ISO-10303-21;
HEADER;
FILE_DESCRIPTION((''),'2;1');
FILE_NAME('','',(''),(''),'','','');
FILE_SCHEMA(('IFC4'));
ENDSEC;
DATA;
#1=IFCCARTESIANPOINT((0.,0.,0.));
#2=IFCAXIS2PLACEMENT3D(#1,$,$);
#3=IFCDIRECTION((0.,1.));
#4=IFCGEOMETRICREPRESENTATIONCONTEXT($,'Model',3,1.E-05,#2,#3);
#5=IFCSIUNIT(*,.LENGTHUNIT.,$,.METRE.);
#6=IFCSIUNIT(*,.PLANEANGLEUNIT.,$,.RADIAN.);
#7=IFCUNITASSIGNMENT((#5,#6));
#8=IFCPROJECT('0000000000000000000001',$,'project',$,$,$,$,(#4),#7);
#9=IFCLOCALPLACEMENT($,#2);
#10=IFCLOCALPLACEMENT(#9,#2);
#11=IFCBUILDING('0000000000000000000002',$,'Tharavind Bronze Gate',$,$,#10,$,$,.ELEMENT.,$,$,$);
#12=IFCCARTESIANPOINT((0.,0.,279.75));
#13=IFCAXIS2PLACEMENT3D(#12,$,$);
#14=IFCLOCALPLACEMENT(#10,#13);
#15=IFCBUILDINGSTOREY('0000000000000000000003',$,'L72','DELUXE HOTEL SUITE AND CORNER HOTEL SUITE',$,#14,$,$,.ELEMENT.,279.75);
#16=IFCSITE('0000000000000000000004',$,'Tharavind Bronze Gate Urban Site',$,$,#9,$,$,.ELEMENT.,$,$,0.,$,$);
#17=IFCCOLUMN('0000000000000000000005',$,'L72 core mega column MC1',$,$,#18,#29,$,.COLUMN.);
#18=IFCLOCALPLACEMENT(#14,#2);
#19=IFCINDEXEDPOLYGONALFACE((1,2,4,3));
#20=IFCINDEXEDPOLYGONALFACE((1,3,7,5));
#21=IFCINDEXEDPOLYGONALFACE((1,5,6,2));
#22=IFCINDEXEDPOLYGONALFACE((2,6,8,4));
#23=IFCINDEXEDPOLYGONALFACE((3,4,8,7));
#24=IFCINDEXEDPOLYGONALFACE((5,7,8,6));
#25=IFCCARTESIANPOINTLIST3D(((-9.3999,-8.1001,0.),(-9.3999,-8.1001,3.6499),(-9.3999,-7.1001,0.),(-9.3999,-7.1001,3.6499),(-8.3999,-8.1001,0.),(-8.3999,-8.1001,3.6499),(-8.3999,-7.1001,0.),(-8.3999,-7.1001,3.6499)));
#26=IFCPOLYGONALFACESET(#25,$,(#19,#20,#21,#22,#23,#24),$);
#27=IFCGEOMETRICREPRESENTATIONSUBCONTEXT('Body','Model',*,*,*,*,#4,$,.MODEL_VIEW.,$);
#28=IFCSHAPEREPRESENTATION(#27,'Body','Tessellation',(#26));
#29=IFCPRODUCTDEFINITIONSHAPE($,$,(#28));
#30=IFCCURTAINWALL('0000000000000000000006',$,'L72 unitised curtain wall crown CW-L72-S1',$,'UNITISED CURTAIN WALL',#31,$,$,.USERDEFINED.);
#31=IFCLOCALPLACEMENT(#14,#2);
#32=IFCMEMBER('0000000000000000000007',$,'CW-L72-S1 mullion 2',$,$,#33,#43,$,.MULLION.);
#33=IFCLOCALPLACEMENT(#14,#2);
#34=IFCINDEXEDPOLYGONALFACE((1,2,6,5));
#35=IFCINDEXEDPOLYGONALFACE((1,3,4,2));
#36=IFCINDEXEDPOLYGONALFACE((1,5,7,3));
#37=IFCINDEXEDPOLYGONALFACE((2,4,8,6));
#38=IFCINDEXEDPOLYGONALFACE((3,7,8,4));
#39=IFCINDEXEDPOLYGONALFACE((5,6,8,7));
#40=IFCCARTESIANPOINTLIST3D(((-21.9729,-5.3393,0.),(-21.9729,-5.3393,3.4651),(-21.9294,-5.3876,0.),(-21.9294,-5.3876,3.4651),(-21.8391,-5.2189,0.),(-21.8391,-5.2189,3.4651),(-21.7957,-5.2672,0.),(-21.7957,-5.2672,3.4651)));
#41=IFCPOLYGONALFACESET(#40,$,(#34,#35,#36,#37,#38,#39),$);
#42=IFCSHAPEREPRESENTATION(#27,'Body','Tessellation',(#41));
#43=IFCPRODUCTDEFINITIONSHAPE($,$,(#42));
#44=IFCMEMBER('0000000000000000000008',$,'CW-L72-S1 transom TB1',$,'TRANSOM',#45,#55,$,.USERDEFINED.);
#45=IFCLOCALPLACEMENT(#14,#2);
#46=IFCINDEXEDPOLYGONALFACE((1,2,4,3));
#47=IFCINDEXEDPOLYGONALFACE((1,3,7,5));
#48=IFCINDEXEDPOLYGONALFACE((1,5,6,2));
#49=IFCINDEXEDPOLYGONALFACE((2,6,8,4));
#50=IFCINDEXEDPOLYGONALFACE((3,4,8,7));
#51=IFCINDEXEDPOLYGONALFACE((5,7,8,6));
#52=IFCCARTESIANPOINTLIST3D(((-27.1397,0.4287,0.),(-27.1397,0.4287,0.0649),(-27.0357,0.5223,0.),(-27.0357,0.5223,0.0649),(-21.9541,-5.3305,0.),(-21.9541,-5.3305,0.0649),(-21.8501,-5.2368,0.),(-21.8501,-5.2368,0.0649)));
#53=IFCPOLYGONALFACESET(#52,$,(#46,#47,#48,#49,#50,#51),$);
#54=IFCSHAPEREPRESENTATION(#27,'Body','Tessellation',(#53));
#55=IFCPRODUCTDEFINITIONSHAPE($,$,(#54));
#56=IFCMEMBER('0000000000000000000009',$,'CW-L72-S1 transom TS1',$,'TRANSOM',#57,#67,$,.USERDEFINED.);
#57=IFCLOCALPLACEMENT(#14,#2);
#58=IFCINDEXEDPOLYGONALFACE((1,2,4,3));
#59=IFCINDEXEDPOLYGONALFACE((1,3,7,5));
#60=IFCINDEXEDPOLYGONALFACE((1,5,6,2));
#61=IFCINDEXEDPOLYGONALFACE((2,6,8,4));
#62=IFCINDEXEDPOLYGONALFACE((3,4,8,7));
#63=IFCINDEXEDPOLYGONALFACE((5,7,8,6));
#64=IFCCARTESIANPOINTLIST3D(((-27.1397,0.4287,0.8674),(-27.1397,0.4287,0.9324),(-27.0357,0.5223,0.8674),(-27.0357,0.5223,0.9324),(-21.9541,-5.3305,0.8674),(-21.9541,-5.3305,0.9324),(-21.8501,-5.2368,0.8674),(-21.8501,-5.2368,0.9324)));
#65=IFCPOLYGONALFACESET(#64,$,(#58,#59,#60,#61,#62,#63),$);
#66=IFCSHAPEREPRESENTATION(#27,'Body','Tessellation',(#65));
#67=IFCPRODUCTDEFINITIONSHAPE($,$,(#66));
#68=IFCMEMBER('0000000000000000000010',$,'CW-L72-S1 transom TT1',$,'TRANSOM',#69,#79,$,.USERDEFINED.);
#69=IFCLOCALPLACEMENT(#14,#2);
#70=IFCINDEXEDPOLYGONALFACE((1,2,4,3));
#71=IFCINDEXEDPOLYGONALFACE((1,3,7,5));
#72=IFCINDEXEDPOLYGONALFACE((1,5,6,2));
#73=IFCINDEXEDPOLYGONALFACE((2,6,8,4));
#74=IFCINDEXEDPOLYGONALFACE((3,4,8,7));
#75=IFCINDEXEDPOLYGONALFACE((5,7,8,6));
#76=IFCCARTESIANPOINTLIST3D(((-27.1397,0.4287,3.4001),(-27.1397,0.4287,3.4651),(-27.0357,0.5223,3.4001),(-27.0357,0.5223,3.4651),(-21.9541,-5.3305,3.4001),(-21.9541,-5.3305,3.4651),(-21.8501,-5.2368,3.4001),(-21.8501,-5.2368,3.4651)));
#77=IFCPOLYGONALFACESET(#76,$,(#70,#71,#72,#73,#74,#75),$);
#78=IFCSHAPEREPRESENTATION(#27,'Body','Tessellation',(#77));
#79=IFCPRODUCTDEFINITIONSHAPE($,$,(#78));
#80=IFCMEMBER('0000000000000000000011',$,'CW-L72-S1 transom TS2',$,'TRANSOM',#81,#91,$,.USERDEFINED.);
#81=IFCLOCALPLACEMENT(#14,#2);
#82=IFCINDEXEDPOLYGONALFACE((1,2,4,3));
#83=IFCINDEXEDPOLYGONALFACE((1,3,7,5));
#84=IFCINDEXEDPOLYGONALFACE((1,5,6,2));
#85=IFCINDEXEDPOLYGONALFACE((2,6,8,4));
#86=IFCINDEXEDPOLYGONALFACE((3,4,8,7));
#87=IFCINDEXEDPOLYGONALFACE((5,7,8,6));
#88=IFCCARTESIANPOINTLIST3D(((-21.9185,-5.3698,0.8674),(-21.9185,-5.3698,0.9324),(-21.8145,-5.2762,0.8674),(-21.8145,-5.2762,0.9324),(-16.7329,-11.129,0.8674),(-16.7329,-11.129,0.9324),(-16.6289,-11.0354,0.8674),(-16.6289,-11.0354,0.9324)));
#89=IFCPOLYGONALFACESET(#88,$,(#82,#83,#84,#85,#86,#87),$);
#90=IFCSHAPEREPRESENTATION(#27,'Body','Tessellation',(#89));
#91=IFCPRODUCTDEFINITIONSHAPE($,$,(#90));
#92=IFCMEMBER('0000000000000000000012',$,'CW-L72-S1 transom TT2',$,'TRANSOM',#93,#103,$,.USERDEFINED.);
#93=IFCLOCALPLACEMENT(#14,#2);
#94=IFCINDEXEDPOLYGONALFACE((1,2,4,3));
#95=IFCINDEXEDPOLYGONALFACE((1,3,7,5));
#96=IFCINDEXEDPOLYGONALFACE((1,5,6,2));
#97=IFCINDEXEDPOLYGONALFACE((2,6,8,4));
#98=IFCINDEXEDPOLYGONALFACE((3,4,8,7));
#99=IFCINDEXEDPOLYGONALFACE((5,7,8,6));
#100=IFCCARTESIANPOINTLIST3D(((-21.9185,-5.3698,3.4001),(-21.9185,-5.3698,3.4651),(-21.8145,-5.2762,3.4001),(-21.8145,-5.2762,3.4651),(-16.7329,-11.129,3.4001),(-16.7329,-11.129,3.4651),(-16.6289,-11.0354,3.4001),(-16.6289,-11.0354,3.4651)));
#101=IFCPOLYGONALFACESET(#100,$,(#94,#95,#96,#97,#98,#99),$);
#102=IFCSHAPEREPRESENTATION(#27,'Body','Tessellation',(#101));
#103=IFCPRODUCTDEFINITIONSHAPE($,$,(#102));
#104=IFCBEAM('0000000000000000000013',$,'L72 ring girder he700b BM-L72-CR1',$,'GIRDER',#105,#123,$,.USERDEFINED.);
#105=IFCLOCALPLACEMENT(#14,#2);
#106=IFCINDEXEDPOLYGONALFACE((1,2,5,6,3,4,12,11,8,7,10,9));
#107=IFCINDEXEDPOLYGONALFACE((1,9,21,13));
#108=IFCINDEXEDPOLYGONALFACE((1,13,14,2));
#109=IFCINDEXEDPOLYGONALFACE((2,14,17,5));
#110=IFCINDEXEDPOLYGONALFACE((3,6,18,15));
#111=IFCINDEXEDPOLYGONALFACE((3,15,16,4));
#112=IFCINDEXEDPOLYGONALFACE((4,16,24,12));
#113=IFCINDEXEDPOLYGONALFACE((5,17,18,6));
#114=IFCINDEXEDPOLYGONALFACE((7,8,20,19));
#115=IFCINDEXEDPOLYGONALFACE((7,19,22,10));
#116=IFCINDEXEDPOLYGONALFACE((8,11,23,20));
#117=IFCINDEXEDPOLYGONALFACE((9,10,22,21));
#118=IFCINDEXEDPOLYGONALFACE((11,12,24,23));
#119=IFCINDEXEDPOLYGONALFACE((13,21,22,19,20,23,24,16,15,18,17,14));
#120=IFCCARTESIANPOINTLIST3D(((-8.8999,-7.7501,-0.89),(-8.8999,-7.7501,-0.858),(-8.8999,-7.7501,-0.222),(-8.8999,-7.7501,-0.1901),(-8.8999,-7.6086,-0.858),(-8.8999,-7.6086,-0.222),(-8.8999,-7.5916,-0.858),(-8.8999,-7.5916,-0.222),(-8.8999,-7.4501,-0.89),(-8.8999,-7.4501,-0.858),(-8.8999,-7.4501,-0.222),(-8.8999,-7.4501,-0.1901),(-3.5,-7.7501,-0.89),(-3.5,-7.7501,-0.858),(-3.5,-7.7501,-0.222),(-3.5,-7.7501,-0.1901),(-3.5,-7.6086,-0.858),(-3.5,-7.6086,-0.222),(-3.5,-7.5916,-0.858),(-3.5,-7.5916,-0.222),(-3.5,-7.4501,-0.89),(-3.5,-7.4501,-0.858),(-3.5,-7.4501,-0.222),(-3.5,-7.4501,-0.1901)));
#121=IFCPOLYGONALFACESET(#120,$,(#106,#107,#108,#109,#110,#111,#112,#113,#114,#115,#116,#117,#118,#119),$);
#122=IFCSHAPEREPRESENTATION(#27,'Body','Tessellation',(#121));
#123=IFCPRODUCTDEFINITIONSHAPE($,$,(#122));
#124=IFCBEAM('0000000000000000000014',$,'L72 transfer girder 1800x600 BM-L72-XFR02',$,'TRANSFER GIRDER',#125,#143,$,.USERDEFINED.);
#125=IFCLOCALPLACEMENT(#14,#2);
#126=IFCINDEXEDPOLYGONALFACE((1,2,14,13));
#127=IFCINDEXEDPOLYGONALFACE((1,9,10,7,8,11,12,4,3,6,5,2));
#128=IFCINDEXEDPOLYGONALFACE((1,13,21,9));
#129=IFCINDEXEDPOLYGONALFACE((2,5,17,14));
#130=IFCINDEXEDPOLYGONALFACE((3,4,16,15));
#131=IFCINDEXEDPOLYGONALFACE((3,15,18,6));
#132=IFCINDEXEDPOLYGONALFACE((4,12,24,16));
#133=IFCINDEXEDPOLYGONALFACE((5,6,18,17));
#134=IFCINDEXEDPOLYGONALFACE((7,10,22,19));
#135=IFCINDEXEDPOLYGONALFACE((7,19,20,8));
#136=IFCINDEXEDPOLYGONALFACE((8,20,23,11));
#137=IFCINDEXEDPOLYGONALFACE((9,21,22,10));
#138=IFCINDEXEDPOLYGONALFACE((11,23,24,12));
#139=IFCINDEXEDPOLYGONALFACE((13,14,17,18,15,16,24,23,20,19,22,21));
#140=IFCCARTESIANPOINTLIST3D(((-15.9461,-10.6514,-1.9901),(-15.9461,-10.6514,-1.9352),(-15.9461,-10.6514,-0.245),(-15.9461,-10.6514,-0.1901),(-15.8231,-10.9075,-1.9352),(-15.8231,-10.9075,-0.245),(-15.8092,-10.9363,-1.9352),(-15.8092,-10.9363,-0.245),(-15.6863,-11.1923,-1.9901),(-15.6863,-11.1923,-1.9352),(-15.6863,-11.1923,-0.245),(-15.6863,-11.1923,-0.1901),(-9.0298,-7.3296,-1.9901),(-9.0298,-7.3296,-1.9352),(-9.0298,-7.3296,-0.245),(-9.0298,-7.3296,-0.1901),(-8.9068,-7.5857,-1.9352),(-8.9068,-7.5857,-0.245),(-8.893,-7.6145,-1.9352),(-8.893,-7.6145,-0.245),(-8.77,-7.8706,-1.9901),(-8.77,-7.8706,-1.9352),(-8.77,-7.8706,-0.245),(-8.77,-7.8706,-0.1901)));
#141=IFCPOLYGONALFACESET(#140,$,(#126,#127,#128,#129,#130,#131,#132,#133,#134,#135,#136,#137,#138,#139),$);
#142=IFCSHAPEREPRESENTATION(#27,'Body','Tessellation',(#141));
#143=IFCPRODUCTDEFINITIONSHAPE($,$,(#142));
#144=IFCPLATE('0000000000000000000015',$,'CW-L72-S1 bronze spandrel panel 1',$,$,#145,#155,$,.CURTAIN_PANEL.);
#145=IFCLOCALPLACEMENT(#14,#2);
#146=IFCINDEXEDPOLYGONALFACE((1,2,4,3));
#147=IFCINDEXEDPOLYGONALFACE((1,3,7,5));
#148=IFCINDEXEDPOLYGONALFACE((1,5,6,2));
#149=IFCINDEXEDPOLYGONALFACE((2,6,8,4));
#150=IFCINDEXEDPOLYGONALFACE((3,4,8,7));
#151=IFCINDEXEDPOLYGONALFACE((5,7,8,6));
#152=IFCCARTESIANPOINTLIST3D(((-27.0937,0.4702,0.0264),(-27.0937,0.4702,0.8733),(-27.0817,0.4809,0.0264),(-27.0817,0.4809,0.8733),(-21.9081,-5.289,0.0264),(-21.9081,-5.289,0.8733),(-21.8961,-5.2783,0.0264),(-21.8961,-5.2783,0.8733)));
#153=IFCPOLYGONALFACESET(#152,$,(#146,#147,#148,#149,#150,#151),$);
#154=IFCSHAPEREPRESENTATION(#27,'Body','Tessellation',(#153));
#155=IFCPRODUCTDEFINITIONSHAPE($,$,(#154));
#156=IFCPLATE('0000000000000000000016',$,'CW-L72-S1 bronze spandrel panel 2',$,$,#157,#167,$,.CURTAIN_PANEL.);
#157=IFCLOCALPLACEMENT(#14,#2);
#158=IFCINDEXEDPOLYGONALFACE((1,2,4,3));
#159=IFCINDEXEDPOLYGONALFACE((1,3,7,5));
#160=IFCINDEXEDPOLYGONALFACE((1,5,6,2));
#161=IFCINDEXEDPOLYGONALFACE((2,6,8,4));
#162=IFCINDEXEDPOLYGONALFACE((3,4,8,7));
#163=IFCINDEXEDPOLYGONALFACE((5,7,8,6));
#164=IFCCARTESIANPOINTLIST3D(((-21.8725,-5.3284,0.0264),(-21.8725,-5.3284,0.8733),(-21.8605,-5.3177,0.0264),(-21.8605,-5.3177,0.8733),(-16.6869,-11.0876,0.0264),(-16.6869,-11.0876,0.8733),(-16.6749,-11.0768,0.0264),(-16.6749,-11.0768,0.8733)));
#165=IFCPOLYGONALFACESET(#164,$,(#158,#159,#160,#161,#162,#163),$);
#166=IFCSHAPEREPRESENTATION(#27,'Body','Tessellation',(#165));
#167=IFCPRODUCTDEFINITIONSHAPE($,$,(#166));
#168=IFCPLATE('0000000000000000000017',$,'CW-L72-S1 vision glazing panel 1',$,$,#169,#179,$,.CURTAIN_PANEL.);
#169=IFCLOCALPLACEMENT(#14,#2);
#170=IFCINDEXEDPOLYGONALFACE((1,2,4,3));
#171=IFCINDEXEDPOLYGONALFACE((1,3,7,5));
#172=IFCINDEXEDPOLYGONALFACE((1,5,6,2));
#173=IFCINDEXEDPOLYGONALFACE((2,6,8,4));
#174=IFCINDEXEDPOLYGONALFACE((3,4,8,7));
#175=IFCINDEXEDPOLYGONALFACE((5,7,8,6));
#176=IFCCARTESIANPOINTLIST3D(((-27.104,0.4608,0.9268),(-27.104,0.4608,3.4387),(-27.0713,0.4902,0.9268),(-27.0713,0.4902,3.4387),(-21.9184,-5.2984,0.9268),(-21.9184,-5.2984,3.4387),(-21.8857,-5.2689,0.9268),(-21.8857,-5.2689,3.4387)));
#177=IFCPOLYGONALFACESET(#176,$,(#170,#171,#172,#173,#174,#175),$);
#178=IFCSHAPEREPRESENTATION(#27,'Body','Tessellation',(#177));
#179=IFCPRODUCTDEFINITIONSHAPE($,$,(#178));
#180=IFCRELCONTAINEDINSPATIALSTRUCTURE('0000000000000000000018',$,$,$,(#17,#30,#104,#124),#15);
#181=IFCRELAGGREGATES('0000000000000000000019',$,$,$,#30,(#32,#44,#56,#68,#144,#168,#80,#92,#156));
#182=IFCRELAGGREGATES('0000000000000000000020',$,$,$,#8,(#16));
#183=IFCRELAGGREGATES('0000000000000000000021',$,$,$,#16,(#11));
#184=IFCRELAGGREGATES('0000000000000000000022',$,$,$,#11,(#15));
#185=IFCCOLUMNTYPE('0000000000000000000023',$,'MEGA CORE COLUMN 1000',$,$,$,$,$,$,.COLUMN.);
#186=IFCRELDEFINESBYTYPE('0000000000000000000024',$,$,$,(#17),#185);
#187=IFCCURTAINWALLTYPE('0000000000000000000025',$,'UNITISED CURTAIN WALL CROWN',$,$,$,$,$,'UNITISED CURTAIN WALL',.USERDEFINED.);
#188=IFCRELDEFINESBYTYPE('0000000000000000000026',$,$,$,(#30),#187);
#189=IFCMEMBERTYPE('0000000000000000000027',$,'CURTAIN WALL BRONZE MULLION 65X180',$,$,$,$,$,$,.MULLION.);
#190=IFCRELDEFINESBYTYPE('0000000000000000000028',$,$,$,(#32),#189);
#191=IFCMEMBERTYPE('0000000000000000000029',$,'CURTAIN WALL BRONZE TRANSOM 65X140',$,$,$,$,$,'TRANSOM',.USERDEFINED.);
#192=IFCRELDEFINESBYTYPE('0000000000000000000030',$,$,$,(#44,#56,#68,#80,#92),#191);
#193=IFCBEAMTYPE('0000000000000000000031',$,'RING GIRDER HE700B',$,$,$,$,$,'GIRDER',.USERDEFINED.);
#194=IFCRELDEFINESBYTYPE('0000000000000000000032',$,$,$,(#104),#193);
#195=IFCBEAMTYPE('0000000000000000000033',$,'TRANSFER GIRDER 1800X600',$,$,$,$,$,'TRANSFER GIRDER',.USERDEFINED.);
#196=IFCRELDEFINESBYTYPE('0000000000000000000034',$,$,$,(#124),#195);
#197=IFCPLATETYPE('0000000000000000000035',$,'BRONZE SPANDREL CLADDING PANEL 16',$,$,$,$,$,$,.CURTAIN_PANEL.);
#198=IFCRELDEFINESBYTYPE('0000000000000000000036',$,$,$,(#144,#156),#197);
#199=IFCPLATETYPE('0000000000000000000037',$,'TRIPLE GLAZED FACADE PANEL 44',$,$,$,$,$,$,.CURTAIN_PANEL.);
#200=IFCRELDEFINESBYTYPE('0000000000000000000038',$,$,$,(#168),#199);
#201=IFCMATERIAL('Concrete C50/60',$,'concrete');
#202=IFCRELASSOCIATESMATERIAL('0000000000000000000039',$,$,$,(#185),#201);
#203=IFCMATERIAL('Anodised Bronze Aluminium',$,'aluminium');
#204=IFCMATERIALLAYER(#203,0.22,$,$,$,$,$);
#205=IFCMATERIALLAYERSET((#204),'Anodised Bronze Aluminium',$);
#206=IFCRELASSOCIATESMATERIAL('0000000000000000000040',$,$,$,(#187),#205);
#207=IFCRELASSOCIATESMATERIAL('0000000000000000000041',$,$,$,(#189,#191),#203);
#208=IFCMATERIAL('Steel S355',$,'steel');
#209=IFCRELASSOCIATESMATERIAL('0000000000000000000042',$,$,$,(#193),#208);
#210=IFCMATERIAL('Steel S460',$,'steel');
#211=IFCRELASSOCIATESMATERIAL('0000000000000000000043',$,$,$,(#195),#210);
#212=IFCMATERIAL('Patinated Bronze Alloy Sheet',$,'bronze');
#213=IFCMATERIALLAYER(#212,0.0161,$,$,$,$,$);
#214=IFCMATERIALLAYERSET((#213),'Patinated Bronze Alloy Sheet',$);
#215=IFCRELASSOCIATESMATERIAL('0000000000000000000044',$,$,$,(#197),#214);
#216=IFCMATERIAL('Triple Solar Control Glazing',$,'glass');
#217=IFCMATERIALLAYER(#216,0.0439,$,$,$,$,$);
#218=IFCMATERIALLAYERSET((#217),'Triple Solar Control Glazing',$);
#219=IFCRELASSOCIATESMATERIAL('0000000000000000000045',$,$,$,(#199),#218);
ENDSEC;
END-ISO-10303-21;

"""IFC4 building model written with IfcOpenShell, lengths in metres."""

from ifc_helpers import new_model, si_unit, direction, frame, origin, origin_2d, place, context, subcontext, project, spatial, rectangle, i_section, extrude, material, layer, layer_set, material_profile, profile_set, type_object, element, aggregate, save


model = new_model("IFC4")

# Units and contexts
model_context = context("Model", 3, precision=1e-05, world=origin(), true_north=direction((0.0, 1.0)))
body_context = subcontext(model_context, "Body", "Model", "MODEL_VIEW")
ifc_project = project(units=[si_unit("LENGTHUNIT", "METRE"), si_unit("PLANEANGLEUNIT", "RADIAN")], contexts=[model_context])

# Site, building, storey
site_placement = place(None, origin())
site = spatial("IfcSite", under=ifc_project, at=site_placement, Name="Tharavind Bronze Gate Urban Site", CompositionType="ELEMENT", RefElevation=0.0)
building_placement = place(site_placement, origin())
building = spatial("IfcBuilding", under=site, at=building_placement, Name="Tharavind Bronze Gate", CompositionType="ELEMENT")
storey_placement = place(building_placement, frame((0.0, 0.0, 279.75)))
storey = spatial("IfcBuildingStorey", under=building, at=storey_placement, Name="L72", Description="DELUXE HOTEL SUITE AND CORNER HOTEL SUITE", CompositionType="ELEMENT", Elevation=279.75)

# Column
ifc_material_1 = material(Name="Concrete C50/60", Category="concrete")
ifc_material_profile_1 = material_profile(ifc_material_1, rectangle(XDim=1.0, YDim=1.0, at=origin_2d()), Name="RCCOL1000")
ifc_profile_set_1 = profile_set([ifc_material_profile_1], Name="Concrete C50/60")
column_type = type_object("IfcColumnType", Name="MEGA CORE COLUMN 1000", PredefinedType="COLUMN", material=ifc_profile_set_1)
column_placement = place(storey_placement, frame((-8.8999, -7.6001, 0.0), z_axis=(0.0, 0.0, 1.0), x_axis=(1.0, 0.0, 0.0)))
element("IfcColumn", 1, at=column_placement, inside=storey, type_object=column_type, Name="L72 core mega column MC1", PredefinedType="COLUMN", context=body_context, shape_type="SweptSolid", body=[
    extrude(rectangle(XDim=1.0, YDim=1.0, at=origin_2d()), origin(), (0.0, 0.0, 1.0), 3.6499),
])

# Curtain wall, members
ifc_material_2 = material(Name="Anodised Bronze Aluminium", Category="aluminium")
ifc_layer_1 = layer(ifc_material_2, 0.22)
ifc_layer_set_1 = layer_set([ifc_layer_1], Name="Anodised Bronze Aluminium")
curtain_wall_type = type_object("IfcCurtainWallType", Name="UNITISED CURTAIN WALL CROWN", ElementType="UNITISED CURTAIN WALL", PredefinedType="USERDEFINED", material=ifc_layer_set_1)
curtain_wall_placement = place(storey_placement, origin())
curtain_wall = element("IfcCurtainWall", 2, at=curtain_wall_placement, inside=storey, type_object=curtain_wall_type, Name="L72 unitised curtain wall crown CW-L72-S1", ObjectType="UNITISED CURTAIN WALL", PredefinedType="USERDEFINED")
member_type_1 = type_object("IfcMemberType", Name="CURTAIN WALL BRONZE MULLION 65X180", PredefinedType="MULLION", material=ifc_material_2)
member_1_placement = place(storey_placement, frame((-21.8843, -5.3032, 0.0), z_axis=(0.0, 0.0, 1.0), x_axis=(0.669131, -0.743145, 0.0)))
member_1 = element("IfcMember", 3, at=member_1_placement, type_object=member_type_1, Name="CW-L72-S1 mullion 2", PredefinedType="MULLION", context=body_context, shape_type="SweptSolid", body=[
    extrude(rectangle(XDim=0.0649, YDim=0.1799, at=origin_2d()), origin(), (0.0, 0.0, 1.0), 3.4651),
])
member_type_2 = type_object("IfcMemberType", Name="CURTAIN WALL BRONZE TRANSOM 65X140", ElementType="TRANSOM", PredefinedType="USERDEFINED", material=ifc_material_2)
member_2_placement = place(storey_placement, frame((-24.4949, -2.4041, 0.0), z_axis=(0.0, 0.0, 1.0), x_axis=(0.669131, -0.743145, 0.0)))
member_2 = element("IfcMember", 4, at=member_2_placement, type_object=member_type_2, Name="CW-L72-S1 transom TB1", ObjectType="TRANSOM", PredefinedType="USERDEFINED", context=body_context, shape_type="SweptSolid", body=[
    extrude(rectangle(XDim=7.7498, YDim=0.1399, at=origin_2d()), origin(), (0.0, 0.0, 1.0), 0.0649),
])
member_3_placement = place(storey_placement, frame((-24.4949, -2.4041, 0.8674), z_axis=(0.0, 0.0, 1.0), x_axis=(0.669131, -0.743145, 0.0)))
member_3 = element("IfcMember", 5, at=member_3_placement, type_object=member_type_2, Name="CW-L72-S1 transom TS1", ObjectType="TRANSOM", PredefinedType="USERDEFINED", context=body_context, shape_type="SweptSolid", body=[
    extrude(rectangle(XDim=7.7498, YDim=0.1399, at=origin_2d()), origin(), (0.0, 0.0, 1.0), 0.0649),
])
member_4_placement = place(storey_placement, frame((-24.4949, -2.4041, 3.4001), z_axis=(0.0, 0.0, 1.0), x_axis=(0.669131, -0.743145, 0.0)))
member_4 = element("IfcMember", 6, at=member_4_placement, type_object=member_type_2, Name="CW-L72-S1 transom TT1", ObjectType="TRANSOM", PredefinedType="USERDEFINED", context=body_context, shape_type="SweptSolid", body=[
    extrude(rectangle(XDim=7.7498, YDim=0.1399, at=origin_2d()), origin(), (0.0, 0.0, 1.0), 0.0649),
])
member_5_placement = place(storey_placement, frame((-19.2737, -8.2026, 0.8674), z_axis=(0.0, 0.0, 1.0), x_axis=(0.669131, -0.743145, 0.0)))
member_5 = element("IfcMember", 7, at=member_5_placement, type_object=member_type_2, Name="CW-L72-S1 transom TS2", ObjectType="TRANSOM", PredefinedType="USERDEFINED", context=body_context, shape_type="SweptSolid", body=[
    extrude(rectangle(XDim=7.7498, YDim=0.1399, at=origin_2d()), origin(), (0.0, 0.0, 1.0), 0.0649),
])
member_6_placement = place(storey_placement, frame((-19.2737, -8.2026, 3.4001), z_axis=(0.0, 0.0, 1.0), x_axis=(0.669131, -0.743145, 0.0)))
member_6 = element("IfcMember", 8, at=member_6_placement, type_object=member_type_2, Name="CW-L72-S1 transom TT2", ObjectType="TRANSOM", PredefinedType="USERDEFINED", context=body_context, shape_type="SweptSolid", body=[
    extrude(rectangle(XDim=7.7498, YDim=0.1399, at=origin_2d()), origin(), (0.0, 0.0, 1.0), 0.0649),
])

# Beams
ifc_material_3 = material(Name="Steel S355", Category="steel")
ifc_material_profile_2 = material_profile(ifc_material_3, i_section(OverallWidth=0.3, OverallDepth=0.7, WebThickness=0.0171, FlangeThickness=0.032, at=origin_2d()), Name="HE700B")
ifc_profile_set_2 = profile_set([ifc_material_profile_2], Name="Steel S355")
beam_type_1 = type_object("IfcBeamType", Name="RING GIRDER HE700B", ElementType="GIRDER", PredefinedType="USERDEFINED", material=ifc_profile_set_2)
beam_1_placement = place(storey_placement, frame((-8.8999, -7.6001, -0.54), z_axis=(1.0, 0.0, 0.0), x_axis=(0.0, 1.0, 0.0)))
element("IfcBeam", 9, at=beam_1_placement, inside=storey, type_object=beam_type_1, Name="L72 ring girder he700b BM-L72-CR1", ObjectType="GIRDER", PredefinedType="USERDEFINED", context=body_context, shape_type="SweptSolid", body=[
    extrude(i_section(OverallWidth=0.3, OverallDepth=0.7, WebThickness=0.0171, FlangeThickness=0.032, at=origin_2d()), origin(), (0.0, 0.0, 1.0), 5.3999),
])
ifc_material_4 = material(Name="Steel S460", Category="steel")
ifc_material_profile_3 = material_profile(ifc_material_4, i_section(OverallWidth=0.6001, OverallDepth=1.8, WebThickness=0.032, FlangeThickness=0.0549, at=origin_2d()), Name="PG1800X600")
ifc_profile_set_3 = profile_set([ifc_material_profile_3], Name="Steel S460")
beam_type_2 = type_object("IfcBeamType", Name="TRANSFER GIRDER 1800X600", ElementType="TRANSFER GIRDER", PredefinedType="USERDEFINED", material=ifc_profile_set_3)
beam_2_placement = place(storey_placement, frame((-8.8999, -7.6001, -1.0901), z_axis=(-0.901423, -0.43294, 0.0), x_axis=(0.43294, -0.901423, 0.0)))
element("IfcBeam", 10, at=beam_2_placement, inside=storey, type_object=beam_type_2, Name="L72 transfer girder 1800x600 BM-L72-XFR02", ObjectType="TRANSFER GIRDER", PredefinedType="USERDEFINED", context=body_context, shape_type="SweptSolid", body=[
    extrude(i_section(OverallWidth=0.6001, OverallDepth=1.8, WebThickness=0.032, FlangeThickness=0.0549, at=origin_2d()), origin(), (0.0, 0.0, 1.0), 7.6726),
])

# Plates
ifc_material_5 = material(Name="Patinated Bronze Alloy Sheet", Category="bronze")
ifc_layer_2 = layer(ifc_material_5, 0.0161)
ifc_layer_set_2 = layer_set([ifc_layer_2], Name="Patinated Bronze Alloy Sheet")
plate_type_1 = type_object("IfcPlateType", Name="BRONZE SPANDREL CLADDING PANEL 16", PredefinedType="CURTAIN_PANEL", material=ifc_layer_set_2)
plate_1_placement = place(storey_placement, frame((-24.4949, -2.4041, 0.0264), z_axis=(0.0, 0.0, 1.0), x_axis=(0.669131, -0.743145, 0.0)))
plate_1 = element("IfcPlate", 11, at=plate_1_placement, type_object=plate_type_1, Name="CW-L72-S1 bronze spandrel panel 1", PredefinedType="CURTAIN_PANEL", context=body_context, shape_type="SweptSolid", body=[
    extrude(rectangle(XDim=7.7498, YDim=0.0161, at=origin_2d()), origin(), (0.0, 0.0, 1.0), 0.8469),
])
plate_2_placement = place(storey_placement, frame((-19.2737, -8.2026, 0.0264), z_axis=(0.0, 0.0, 1.0), x_axis=(0.669131, -0.743145, 0.0)))
plate_2 = element("IfcPlate", 12, at=plate_2_placement, type_object=plate_type_1, Name="CW-L72-S1 bronze spandrel panel 2", PredefinedType="CURTAIN_PANEL", context=body_context, shape_type="SweptSolid", body=[
    extrude(rectangle(XDim=7.7498, YDim=0.0161, at=origin_2d()), origin(), (0.0, 0.0, 1.0), 0.8469),
])
ifc_material_6 = material(Name="Triple Solar Control Glazing", Category="glass")
ifc_layer_3 = layer(ifc_material_6, 0.0439)
ifc_layer_set_3 = layer_set([ifc_layer_3], Name="Triple Solar Control Glazing")
plate_type_2 = type_object("IfcPlateType", Name="TRIPLE GLAZED FACADE PANEL 44", PredefinedType="CURTAIN_PANEL", material=ifc_layer_set_3)
plate_3_placement = place(storey_placement, frame((-24.4949, -2.4041, 0.9268), z_axis=(0.0, 0.0, 1.0), x_axis=(0.669131, -0.743145, 0.0)))
plate_3 = element("IfcPlate", 13, at=plate_3_placement, type_object=plate_type_2, Name="CW-L72-S1 vision glazing panel 1", PredefinedType="CURTAIN_PANEL", context=body_context, shape_type="SweptSolid", body=[
    extrude(rectangle(XDim=7.7498, YDim=0.0439, at=origin_2d()), origin(), (0.0, 0.0, 1.0), 2.512),
])
aggregate(curtain_wall, [member_1, member_2, member_3, member_4, plate_1, plate_3, member_5, member_6, plate_2])

save(model, "model.ifc")
